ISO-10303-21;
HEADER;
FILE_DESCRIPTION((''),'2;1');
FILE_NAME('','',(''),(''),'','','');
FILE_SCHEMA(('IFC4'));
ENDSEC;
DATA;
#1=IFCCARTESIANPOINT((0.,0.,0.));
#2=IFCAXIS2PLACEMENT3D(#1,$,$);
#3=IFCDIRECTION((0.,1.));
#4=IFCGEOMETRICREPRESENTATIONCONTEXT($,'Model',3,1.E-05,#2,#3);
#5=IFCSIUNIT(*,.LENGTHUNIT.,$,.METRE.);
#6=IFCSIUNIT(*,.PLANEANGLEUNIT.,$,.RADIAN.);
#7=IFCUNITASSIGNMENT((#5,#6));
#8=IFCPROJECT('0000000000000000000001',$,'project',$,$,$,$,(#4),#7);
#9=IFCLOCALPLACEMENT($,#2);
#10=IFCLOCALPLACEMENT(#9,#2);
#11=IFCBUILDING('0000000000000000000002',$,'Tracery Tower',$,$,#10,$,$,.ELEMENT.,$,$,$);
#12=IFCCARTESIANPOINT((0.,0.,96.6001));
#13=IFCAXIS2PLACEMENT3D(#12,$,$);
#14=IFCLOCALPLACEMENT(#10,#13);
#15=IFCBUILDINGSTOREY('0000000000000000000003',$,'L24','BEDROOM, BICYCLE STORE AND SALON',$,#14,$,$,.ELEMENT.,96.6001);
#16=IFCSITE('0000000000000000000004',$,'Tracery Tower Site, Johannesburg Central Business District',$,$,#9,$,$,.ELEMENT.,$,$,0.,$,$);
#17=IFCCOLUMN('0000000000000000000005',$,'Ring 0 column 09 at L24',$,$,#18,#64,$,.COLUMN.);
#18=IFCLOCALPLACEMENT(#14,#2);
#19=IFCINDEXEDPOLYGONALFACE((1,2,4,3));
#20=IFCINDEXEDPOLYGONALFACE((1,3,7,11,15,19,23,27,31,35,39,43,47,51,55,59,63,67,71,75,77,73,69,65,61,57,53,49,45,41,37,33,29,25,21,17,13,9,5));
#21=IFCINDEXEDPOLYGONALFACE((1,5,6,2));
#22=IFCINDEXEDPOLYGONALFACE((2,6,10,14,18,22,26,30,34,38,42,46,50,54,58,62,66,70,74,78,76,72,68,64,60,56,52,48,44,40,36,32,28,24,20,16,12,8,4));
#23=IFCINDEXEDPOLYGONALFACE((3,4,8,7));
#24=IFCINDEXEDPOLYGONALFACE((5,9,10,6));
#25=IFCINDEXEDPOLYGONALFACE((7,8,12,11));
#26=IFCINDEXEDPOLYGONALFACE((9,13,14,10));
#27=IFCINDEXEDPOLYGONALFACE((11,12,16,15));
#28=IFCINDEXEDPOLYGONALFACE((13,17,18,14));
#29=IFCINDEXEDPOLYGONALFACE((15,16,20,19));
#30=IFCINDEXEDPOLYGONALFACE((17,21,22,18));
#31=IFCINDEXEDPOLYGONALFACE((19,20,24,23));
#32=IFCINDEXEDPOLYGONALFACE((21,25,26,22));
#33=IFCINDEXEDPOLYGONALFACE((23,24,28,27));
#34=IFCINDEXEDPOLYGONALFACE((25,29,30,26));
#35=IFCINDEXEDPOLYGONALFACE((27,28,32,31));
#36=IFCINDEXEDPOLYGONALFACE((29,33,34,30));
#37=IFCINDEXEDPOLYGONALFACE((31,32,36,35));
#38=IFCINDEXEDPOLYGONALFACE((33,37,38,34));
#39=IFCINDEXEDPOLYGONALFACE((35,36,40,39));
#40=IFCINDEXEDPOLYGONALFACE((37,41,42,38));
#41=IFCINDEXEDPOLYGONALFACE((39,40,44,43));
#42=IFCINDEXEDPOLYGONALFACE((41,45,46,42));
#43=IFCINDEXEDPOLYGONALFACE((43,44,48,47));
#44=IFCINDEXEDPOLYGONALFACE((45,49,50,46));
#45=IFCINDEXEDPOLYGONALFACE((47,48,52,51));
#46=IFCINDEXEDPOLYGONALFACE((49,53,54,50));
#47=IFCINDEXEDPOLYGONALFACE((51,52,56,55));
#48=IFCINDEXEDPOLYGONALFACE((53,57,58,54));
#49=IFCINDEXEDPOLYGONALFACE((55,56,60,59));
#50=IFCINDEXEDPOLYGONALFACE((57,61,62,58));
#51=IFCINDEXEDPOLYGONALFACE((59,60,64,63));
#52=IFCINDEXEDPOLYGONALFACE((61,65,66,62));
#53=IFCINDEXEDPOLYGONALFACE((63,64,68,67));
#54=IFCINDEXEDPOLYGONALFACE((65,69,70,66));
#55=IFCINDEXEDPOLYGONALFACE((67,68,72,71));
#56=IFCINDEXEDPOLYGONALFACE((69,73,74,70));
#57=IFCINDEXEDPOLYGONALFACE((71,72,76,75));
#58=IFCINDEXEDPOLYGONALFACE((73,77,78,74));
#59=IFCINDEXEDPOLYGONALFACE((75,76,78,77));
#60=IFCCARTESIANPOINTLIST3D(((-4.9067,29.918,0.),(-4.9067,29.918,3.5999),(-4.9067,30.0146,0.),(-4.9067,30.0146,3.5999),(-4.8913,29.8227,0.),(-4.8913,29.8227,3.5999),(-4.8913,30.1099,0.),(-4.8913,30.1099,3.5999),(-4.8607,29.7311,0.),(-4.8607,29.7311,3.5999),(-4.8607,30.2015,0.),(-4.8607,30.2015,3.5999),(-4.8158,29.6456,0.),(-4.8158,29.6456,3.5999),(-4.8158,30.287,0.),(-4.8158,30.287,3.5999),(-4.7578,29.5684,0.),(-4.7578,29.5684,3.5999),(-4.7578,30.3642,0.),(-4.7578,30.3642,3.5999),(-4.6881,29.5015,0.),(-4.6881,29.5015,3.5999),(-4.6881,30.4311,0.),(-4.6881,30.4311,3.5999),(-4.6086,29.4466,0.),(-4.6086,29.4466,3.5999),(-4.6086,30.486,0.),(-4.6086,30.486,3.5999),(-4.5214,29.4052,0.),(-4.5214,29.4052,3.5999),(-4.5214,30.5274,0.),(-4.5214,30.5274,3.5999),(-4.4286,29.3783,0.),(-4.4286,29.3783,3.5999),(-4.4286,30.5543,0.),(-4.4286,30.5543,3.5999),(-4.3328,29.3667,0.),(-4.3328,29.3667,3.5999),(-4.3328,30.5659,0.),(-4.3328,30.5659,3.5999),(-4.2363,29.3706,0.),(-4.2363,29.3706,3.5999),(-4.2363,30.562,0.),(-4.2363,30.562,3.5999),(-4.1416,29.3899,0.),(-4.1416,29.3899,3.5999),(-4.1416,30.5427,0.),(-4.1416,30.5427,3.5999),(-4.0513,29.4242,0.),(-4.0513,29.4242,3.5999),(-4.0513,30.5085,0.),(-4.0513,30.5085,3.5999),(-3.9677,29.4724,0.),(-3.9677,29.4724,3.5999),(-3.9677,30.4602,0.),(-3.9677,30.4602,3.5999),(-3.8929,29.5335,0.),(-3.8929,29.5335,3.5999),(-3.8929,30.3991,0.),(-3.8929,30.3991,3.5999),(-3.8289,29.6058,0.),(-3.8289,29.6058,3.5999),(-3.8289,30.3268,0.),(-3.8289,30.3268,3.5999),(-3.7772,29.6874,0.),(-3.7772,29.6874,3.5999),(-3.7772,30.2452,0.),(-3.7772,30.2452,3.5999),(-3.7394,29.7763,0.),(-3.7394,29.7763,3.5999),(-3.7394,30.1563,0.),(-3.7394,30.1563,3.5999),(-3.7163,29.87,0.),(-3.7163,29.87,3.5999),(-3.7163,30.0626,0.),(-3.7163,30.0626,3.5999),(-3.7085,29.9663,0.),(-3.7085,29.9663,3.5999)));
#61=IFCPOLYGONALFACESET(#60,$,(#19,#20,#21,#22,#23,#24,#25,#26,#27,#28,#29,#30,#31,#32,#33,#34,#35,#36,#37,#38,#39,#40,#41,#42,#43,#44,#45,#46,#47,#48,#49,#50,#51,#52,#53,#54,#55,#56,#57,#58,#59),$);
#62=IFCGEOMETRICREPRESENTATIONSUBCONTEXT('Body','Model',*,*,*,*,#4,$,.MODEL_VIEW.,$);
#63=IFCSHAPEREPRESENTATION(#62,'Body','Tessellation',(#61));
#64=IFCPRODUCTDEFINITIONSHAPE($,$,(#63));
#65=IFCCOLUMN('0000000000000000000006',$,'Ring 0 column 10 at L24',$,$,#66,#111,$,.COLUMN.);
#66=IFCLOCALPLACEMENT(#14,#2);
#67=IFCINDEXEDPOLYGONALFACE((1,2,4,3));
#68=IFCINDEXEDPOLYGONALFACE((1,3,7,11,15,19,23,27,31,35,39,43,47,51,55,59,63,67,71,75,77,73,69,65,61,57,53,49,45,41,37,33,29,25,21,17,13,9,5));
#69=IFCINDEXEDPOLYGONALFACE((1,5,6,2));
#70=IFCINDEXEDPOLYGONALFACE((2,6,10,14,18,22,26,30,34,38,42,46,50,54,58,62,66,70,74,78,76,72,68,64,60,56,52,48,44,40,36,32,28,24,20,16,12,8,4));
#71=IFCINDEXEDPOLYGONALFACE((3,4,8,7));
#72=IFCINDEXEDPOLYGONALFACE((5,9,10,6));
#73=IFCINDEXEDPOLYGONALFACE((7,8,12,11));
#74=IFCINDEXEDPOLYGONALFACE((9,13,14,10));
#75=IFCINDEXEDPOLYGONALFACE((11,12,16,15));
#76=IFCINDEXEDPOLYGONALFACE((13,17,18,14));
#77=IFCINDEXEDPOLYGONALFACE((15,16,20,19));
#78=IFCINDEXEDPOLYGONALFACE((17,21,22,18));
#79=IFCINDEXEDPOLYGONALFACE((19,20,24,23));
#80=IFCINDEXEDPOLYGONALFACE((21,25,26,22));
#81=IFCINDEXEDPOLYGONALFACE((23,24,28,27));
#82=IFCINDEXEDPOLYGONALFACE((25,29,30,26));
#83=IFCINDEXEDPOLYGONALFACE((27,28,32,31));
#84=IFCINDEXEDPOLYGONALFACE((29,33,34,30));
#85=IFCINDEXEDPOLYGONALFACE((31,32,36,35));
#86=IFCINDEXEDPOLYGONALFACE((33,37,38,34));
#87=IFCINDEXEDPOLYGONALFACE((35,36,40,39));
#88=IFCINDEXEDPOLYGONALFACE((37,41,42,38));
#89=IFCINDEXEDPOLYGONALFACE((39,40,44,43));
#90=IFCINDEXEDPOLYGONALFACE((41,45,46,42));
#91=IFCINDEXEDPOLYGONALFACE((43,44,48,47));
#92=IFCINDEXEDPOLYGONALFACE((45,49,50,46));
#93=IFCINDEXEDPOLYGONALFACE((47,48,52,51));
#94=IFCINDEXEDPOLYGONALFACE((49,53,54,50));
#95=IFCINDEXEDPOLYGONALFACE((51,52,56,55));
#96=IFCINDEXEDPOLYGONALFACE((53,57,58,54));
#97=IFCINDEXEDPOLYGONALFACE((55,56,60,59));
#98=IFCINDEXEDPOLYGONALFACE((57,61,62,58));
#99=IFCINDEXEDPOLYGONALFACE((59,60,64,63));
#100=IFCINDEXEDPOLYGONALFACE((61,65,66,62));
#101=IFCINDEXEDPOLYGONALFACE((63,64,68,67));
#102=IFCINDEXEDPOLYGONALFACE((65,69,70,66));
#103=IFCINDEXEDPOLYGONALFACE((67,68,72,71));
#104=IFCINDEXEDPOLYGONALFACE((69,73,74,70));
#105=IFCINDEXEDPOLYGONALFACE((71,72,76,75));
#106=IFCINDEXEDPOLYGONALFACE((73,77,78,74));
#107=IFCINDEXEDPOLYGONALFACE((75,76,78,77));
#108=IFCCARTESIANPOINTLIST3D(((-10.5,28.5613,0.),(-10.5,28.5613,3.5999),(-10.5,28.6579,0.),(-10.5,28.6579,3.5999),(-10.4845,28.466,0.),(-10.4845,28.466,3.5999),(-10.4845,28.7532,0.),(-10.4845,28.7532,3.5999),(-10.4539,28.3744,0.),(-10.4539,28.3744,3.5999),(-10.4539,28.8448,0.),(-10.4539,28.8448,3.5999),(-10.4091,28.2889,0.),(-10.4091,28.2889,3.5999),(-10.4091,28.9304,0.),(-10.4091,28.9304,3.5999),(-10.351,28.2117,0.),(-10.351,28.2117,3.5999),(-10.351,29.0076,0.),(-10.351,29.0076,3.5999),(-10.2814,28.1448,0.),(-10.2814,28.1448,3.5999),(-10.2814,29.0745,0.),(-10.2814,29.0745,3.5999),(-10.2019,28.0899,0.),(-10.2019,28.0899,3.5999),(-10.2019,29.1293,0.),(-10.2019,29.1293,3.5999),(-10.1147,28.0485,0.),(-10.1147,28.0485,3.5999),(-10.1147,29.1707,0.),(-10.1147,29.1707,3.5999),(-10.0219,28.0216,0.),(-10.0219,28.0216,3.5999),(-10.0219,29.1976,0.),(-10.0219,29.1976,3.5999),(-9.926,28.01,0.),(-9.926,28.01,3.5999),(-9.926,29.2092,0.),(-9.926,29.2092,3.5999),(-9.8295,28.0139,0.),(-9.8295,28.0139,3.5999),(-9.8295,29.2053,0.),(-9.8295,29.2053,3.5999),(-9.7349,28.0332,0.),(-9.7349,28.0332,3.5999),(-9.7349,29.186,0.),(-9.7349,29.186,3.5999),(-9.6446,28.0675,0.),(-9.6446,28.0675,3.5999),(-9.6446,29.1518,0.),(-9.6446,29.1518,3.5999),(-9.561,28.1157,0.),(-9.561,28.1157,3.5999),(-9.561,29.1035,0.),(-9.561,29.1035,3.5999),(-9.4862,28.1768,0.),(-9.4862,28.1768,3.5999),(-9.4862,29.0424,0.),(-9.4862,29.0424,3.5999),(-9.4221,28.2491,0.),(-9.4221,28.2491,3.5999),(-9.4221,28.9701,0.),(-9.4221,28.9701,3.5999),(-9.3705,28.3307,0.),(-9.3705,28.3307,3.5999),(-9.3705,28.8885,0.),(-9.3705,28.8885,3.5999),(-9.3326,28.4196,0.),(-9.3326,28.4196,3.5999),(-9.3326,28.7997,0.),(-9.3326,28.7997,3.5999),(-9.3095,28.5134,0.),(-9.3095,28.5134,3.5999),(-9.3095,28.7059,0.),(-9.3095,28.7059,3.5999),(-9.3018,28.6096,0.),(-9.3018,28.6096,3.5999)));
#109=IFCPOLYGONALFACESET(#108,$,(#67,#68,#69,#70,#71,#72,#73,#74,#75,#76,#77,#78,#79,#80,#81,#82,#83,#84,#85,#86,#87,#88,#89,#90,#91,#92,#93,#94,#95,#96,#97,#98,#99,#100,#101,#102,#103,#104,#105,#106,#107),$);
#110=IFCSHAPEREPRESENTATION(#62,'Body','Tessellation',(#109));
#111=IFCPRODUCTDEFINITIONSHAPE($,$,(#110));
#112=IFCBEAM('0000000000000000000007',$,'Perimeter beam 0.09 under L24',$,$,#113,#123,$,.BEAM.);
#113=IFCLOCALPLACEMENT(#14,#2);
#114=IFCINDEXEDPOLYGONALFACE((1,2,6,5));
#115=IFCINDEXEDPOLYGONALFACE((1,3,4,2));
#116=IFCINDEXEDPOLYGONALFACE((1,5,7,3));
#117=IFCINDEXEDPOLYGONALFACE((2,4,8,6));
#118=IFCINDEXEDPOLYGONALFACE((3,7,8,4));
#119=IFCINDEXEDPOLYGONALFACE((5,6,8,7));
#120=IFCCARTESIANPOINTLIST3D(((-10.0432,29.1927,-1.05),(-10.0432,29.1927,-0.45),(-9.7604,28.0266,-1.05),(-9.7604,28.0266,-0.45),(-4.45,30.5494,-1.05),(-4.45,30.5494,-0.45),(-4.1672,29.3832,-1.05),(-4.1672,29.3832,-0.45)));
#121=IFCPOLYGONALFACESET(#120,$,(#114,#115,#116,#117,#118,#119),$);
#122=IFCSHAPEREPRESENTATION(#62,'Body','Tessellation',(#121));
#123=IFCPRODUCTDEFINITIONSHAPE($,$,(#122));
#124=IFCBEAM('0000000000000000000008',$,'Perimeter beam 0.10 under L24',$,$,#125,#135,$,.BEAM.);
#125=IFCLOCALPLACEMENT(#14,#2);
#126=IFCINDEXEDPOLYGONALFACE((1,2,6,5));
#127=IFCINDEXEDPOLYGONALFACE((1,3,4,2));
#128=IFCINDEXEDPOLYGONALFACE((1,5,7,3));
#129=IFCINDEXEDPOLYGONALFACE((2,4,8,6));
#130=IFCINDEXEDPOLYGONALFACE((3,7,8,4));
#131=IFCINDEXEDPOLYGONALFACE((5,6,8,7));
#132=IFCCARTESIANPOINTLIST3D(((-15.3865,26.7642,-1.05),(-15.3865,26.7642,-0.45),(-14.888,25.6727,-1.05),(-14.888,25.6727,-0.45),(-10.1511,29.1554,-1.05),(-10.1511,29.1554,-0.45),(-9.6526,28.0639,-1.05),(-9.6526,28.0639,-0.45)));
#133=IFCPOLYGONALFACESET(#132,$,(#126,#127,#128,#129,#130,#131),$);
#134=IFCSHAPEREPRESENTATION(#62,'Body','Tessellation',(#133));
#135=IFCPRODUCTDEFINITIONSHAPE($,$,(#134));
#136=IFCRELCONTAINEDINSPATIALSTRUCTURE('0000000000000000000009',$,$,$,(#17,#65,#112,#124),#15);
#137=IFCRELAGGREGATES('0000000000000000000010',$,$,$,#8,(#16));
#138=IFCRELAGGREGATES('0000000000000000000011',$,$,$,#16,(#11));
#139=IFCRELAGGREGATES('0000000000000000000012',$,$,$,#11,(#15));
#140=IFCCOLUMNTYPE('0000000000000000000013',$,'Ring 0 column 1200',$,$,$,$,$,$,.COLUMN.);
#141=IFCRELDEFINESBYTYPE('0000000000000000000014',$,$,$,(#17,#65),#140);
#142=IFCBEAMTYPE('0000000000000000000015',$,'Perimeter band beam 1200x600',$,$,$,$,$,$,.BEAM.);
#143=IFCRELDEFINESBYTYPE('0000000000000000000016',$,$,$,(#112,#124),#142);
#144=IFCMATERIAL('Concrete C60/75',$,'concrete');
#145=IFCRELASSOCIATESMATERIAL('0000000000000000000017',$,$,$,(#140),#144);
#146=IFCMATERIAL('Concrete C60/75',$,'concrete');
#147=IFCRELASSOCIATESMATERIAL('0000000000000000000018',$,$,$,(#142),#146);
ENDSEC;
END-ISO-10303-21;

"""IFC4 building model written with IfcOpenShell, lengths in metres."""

from ifc_helpers import new_model, si_unit, direction, frame, origin, origin_2d, place, context, subcontext, project, spatial, rectangle, circle, extrude, material, material_profile, profile_set, type_object, element, save


model = new_model("IFC4")

# Units and contexts
model_context = context("Model", 3, precision=1e-05, world=origin(), true_north=direction((0.0, 1.0)))
body_context = subcontext(model_context, "Body", "Model", "MODEL_VIEW")
ifc_project = project(units=[si_unit("LENGTHUNIT", "METRE"), si_unit("PLANEANGLEUNIT", "RADIAN")], contexts=[model_context])

# Site, building, storey
site_placement = place(None, origin())
site = spatial("IfcSite", under=ifc_project, at=site_placement, Name="Tracery Tower Site, Johannesburg Central Business District", CompositionType="ELEMENT", RefElevation=0.0)
building_placement = place(site_placement, origin())
building = spatial("IfcBuilding", under=site, at=building_placement, Name="Tracery Tower", CompositionType="ELEMENT")
storey_placement = place(building_placement, frame((0.0, 0.0, 96.6001)))
storey = spatial("IfcBuildingStorey", under=building, at=storey_placement, Name="L24", Description="BEDROOM, BICYCLE STORE AND SALON", CompositionType="ELEMENT", Elevation=96.6001)

# Columns
ifc_material_1 = material(Name="Concrete C60/75", Category="concrete")
ifc_material_profile_1 = material_profile(ifc_material_1, circle(Radius=0.6001, at=origin_2d()), Name="RC D1200")
ifc_profile_set_1 = profile_set([ifc_material_profile_1], Name="Concrete C60/75")
column_type = type_object("IfcColumnType", Name="Ring 0 column 1200", PredefinedType="COLUMN", material=ifc_profile_set_1)
for number, where, z_axis, x_axis, name in (
    (1, (-4.3086, 29.9663, 0.0), (0.0, 0.0, 1.0), (1.0, 0.0, 0.0), "Ring 0 column 09 at L24"),
    (2, (-9.9019, 28.6096, 0.0), (0.0, 0.0, 1.0), (1.0, 0.0, 0.0), "Ring 0 column 10 at L24"),
):
    element("IfcColumn", number, at=place(storey_placement, frame(where, z_axis=z_axis, x_axis=x_axis)), inside=storey, type_object=column_type, Name=name, PredefinedType="COLUMN", context=body_context, shape_type="SweptSolid", body=[
        extrude(circle(Radius=0.6001, at=origin_2d()), origin(), (0.0, 0.0, 1.0), 3.5999),
    ])

# Beams
ifc_material_2 = material(Name="Concrete C60/75", Category="concrete")
ifc_material_profile_2 = material_profile(ifc_material_2, rectangle(XDim=1.2, YDim=0.6001, at=origin_2d()), Name="RC 1200x600")
ifc_profile_set_2 = profile_set([ifc_material_profile_2], Name="Concrete C60/75")
beam_type = type_object("IfcBeamType", Name="Perimeter band beam 1200x600", PredefinedType="BEAM", material=ifc_profile_set_2)
beam_1_placement = place(storey_placement, frame((-4.3086, 29.9663, -0.75), z_axis=(-0.97182, -0.235723, 0.0), x_axis=(0.235723, -0.97182, 0.0)))
element("IfcBeam", 3, at=beam_1_placement, inside=storey, type_object=beam_type, Name="Perimeter beam 0.09 under L24", PredefinedType="BEAM", context=body_context, shape_type="SweptSolid", body=[
    extrude(rectangle(XDim=1.2, YDim=0.6001, at=origin_2d()), origin(), (0.0, 0.0, 1.0), 5.7554),
])
beam_2_placement = place(storey_placement, frame((-9.9019, 28.6096, -0.75), z_axis=(-0.909618, -0.415445, 0.0), x_axis=(0.415445, -0.909618, 0.0)))
element("IfcBeam", 4, at=beam_2_placement, inside=storey, type_object=beam_type, Name="Perimeter beam 0.10 under L24", PredefinedType="BEAM", context=body_context, shape_type="SweptSolid", body=[
    extrude(rectangle(XDim=1.2, YDim=0.6001, at=origin_2d()), origin(), (0.0, 0.0, 1.0), 5.7556),
])

save(model, "model.ifc")
